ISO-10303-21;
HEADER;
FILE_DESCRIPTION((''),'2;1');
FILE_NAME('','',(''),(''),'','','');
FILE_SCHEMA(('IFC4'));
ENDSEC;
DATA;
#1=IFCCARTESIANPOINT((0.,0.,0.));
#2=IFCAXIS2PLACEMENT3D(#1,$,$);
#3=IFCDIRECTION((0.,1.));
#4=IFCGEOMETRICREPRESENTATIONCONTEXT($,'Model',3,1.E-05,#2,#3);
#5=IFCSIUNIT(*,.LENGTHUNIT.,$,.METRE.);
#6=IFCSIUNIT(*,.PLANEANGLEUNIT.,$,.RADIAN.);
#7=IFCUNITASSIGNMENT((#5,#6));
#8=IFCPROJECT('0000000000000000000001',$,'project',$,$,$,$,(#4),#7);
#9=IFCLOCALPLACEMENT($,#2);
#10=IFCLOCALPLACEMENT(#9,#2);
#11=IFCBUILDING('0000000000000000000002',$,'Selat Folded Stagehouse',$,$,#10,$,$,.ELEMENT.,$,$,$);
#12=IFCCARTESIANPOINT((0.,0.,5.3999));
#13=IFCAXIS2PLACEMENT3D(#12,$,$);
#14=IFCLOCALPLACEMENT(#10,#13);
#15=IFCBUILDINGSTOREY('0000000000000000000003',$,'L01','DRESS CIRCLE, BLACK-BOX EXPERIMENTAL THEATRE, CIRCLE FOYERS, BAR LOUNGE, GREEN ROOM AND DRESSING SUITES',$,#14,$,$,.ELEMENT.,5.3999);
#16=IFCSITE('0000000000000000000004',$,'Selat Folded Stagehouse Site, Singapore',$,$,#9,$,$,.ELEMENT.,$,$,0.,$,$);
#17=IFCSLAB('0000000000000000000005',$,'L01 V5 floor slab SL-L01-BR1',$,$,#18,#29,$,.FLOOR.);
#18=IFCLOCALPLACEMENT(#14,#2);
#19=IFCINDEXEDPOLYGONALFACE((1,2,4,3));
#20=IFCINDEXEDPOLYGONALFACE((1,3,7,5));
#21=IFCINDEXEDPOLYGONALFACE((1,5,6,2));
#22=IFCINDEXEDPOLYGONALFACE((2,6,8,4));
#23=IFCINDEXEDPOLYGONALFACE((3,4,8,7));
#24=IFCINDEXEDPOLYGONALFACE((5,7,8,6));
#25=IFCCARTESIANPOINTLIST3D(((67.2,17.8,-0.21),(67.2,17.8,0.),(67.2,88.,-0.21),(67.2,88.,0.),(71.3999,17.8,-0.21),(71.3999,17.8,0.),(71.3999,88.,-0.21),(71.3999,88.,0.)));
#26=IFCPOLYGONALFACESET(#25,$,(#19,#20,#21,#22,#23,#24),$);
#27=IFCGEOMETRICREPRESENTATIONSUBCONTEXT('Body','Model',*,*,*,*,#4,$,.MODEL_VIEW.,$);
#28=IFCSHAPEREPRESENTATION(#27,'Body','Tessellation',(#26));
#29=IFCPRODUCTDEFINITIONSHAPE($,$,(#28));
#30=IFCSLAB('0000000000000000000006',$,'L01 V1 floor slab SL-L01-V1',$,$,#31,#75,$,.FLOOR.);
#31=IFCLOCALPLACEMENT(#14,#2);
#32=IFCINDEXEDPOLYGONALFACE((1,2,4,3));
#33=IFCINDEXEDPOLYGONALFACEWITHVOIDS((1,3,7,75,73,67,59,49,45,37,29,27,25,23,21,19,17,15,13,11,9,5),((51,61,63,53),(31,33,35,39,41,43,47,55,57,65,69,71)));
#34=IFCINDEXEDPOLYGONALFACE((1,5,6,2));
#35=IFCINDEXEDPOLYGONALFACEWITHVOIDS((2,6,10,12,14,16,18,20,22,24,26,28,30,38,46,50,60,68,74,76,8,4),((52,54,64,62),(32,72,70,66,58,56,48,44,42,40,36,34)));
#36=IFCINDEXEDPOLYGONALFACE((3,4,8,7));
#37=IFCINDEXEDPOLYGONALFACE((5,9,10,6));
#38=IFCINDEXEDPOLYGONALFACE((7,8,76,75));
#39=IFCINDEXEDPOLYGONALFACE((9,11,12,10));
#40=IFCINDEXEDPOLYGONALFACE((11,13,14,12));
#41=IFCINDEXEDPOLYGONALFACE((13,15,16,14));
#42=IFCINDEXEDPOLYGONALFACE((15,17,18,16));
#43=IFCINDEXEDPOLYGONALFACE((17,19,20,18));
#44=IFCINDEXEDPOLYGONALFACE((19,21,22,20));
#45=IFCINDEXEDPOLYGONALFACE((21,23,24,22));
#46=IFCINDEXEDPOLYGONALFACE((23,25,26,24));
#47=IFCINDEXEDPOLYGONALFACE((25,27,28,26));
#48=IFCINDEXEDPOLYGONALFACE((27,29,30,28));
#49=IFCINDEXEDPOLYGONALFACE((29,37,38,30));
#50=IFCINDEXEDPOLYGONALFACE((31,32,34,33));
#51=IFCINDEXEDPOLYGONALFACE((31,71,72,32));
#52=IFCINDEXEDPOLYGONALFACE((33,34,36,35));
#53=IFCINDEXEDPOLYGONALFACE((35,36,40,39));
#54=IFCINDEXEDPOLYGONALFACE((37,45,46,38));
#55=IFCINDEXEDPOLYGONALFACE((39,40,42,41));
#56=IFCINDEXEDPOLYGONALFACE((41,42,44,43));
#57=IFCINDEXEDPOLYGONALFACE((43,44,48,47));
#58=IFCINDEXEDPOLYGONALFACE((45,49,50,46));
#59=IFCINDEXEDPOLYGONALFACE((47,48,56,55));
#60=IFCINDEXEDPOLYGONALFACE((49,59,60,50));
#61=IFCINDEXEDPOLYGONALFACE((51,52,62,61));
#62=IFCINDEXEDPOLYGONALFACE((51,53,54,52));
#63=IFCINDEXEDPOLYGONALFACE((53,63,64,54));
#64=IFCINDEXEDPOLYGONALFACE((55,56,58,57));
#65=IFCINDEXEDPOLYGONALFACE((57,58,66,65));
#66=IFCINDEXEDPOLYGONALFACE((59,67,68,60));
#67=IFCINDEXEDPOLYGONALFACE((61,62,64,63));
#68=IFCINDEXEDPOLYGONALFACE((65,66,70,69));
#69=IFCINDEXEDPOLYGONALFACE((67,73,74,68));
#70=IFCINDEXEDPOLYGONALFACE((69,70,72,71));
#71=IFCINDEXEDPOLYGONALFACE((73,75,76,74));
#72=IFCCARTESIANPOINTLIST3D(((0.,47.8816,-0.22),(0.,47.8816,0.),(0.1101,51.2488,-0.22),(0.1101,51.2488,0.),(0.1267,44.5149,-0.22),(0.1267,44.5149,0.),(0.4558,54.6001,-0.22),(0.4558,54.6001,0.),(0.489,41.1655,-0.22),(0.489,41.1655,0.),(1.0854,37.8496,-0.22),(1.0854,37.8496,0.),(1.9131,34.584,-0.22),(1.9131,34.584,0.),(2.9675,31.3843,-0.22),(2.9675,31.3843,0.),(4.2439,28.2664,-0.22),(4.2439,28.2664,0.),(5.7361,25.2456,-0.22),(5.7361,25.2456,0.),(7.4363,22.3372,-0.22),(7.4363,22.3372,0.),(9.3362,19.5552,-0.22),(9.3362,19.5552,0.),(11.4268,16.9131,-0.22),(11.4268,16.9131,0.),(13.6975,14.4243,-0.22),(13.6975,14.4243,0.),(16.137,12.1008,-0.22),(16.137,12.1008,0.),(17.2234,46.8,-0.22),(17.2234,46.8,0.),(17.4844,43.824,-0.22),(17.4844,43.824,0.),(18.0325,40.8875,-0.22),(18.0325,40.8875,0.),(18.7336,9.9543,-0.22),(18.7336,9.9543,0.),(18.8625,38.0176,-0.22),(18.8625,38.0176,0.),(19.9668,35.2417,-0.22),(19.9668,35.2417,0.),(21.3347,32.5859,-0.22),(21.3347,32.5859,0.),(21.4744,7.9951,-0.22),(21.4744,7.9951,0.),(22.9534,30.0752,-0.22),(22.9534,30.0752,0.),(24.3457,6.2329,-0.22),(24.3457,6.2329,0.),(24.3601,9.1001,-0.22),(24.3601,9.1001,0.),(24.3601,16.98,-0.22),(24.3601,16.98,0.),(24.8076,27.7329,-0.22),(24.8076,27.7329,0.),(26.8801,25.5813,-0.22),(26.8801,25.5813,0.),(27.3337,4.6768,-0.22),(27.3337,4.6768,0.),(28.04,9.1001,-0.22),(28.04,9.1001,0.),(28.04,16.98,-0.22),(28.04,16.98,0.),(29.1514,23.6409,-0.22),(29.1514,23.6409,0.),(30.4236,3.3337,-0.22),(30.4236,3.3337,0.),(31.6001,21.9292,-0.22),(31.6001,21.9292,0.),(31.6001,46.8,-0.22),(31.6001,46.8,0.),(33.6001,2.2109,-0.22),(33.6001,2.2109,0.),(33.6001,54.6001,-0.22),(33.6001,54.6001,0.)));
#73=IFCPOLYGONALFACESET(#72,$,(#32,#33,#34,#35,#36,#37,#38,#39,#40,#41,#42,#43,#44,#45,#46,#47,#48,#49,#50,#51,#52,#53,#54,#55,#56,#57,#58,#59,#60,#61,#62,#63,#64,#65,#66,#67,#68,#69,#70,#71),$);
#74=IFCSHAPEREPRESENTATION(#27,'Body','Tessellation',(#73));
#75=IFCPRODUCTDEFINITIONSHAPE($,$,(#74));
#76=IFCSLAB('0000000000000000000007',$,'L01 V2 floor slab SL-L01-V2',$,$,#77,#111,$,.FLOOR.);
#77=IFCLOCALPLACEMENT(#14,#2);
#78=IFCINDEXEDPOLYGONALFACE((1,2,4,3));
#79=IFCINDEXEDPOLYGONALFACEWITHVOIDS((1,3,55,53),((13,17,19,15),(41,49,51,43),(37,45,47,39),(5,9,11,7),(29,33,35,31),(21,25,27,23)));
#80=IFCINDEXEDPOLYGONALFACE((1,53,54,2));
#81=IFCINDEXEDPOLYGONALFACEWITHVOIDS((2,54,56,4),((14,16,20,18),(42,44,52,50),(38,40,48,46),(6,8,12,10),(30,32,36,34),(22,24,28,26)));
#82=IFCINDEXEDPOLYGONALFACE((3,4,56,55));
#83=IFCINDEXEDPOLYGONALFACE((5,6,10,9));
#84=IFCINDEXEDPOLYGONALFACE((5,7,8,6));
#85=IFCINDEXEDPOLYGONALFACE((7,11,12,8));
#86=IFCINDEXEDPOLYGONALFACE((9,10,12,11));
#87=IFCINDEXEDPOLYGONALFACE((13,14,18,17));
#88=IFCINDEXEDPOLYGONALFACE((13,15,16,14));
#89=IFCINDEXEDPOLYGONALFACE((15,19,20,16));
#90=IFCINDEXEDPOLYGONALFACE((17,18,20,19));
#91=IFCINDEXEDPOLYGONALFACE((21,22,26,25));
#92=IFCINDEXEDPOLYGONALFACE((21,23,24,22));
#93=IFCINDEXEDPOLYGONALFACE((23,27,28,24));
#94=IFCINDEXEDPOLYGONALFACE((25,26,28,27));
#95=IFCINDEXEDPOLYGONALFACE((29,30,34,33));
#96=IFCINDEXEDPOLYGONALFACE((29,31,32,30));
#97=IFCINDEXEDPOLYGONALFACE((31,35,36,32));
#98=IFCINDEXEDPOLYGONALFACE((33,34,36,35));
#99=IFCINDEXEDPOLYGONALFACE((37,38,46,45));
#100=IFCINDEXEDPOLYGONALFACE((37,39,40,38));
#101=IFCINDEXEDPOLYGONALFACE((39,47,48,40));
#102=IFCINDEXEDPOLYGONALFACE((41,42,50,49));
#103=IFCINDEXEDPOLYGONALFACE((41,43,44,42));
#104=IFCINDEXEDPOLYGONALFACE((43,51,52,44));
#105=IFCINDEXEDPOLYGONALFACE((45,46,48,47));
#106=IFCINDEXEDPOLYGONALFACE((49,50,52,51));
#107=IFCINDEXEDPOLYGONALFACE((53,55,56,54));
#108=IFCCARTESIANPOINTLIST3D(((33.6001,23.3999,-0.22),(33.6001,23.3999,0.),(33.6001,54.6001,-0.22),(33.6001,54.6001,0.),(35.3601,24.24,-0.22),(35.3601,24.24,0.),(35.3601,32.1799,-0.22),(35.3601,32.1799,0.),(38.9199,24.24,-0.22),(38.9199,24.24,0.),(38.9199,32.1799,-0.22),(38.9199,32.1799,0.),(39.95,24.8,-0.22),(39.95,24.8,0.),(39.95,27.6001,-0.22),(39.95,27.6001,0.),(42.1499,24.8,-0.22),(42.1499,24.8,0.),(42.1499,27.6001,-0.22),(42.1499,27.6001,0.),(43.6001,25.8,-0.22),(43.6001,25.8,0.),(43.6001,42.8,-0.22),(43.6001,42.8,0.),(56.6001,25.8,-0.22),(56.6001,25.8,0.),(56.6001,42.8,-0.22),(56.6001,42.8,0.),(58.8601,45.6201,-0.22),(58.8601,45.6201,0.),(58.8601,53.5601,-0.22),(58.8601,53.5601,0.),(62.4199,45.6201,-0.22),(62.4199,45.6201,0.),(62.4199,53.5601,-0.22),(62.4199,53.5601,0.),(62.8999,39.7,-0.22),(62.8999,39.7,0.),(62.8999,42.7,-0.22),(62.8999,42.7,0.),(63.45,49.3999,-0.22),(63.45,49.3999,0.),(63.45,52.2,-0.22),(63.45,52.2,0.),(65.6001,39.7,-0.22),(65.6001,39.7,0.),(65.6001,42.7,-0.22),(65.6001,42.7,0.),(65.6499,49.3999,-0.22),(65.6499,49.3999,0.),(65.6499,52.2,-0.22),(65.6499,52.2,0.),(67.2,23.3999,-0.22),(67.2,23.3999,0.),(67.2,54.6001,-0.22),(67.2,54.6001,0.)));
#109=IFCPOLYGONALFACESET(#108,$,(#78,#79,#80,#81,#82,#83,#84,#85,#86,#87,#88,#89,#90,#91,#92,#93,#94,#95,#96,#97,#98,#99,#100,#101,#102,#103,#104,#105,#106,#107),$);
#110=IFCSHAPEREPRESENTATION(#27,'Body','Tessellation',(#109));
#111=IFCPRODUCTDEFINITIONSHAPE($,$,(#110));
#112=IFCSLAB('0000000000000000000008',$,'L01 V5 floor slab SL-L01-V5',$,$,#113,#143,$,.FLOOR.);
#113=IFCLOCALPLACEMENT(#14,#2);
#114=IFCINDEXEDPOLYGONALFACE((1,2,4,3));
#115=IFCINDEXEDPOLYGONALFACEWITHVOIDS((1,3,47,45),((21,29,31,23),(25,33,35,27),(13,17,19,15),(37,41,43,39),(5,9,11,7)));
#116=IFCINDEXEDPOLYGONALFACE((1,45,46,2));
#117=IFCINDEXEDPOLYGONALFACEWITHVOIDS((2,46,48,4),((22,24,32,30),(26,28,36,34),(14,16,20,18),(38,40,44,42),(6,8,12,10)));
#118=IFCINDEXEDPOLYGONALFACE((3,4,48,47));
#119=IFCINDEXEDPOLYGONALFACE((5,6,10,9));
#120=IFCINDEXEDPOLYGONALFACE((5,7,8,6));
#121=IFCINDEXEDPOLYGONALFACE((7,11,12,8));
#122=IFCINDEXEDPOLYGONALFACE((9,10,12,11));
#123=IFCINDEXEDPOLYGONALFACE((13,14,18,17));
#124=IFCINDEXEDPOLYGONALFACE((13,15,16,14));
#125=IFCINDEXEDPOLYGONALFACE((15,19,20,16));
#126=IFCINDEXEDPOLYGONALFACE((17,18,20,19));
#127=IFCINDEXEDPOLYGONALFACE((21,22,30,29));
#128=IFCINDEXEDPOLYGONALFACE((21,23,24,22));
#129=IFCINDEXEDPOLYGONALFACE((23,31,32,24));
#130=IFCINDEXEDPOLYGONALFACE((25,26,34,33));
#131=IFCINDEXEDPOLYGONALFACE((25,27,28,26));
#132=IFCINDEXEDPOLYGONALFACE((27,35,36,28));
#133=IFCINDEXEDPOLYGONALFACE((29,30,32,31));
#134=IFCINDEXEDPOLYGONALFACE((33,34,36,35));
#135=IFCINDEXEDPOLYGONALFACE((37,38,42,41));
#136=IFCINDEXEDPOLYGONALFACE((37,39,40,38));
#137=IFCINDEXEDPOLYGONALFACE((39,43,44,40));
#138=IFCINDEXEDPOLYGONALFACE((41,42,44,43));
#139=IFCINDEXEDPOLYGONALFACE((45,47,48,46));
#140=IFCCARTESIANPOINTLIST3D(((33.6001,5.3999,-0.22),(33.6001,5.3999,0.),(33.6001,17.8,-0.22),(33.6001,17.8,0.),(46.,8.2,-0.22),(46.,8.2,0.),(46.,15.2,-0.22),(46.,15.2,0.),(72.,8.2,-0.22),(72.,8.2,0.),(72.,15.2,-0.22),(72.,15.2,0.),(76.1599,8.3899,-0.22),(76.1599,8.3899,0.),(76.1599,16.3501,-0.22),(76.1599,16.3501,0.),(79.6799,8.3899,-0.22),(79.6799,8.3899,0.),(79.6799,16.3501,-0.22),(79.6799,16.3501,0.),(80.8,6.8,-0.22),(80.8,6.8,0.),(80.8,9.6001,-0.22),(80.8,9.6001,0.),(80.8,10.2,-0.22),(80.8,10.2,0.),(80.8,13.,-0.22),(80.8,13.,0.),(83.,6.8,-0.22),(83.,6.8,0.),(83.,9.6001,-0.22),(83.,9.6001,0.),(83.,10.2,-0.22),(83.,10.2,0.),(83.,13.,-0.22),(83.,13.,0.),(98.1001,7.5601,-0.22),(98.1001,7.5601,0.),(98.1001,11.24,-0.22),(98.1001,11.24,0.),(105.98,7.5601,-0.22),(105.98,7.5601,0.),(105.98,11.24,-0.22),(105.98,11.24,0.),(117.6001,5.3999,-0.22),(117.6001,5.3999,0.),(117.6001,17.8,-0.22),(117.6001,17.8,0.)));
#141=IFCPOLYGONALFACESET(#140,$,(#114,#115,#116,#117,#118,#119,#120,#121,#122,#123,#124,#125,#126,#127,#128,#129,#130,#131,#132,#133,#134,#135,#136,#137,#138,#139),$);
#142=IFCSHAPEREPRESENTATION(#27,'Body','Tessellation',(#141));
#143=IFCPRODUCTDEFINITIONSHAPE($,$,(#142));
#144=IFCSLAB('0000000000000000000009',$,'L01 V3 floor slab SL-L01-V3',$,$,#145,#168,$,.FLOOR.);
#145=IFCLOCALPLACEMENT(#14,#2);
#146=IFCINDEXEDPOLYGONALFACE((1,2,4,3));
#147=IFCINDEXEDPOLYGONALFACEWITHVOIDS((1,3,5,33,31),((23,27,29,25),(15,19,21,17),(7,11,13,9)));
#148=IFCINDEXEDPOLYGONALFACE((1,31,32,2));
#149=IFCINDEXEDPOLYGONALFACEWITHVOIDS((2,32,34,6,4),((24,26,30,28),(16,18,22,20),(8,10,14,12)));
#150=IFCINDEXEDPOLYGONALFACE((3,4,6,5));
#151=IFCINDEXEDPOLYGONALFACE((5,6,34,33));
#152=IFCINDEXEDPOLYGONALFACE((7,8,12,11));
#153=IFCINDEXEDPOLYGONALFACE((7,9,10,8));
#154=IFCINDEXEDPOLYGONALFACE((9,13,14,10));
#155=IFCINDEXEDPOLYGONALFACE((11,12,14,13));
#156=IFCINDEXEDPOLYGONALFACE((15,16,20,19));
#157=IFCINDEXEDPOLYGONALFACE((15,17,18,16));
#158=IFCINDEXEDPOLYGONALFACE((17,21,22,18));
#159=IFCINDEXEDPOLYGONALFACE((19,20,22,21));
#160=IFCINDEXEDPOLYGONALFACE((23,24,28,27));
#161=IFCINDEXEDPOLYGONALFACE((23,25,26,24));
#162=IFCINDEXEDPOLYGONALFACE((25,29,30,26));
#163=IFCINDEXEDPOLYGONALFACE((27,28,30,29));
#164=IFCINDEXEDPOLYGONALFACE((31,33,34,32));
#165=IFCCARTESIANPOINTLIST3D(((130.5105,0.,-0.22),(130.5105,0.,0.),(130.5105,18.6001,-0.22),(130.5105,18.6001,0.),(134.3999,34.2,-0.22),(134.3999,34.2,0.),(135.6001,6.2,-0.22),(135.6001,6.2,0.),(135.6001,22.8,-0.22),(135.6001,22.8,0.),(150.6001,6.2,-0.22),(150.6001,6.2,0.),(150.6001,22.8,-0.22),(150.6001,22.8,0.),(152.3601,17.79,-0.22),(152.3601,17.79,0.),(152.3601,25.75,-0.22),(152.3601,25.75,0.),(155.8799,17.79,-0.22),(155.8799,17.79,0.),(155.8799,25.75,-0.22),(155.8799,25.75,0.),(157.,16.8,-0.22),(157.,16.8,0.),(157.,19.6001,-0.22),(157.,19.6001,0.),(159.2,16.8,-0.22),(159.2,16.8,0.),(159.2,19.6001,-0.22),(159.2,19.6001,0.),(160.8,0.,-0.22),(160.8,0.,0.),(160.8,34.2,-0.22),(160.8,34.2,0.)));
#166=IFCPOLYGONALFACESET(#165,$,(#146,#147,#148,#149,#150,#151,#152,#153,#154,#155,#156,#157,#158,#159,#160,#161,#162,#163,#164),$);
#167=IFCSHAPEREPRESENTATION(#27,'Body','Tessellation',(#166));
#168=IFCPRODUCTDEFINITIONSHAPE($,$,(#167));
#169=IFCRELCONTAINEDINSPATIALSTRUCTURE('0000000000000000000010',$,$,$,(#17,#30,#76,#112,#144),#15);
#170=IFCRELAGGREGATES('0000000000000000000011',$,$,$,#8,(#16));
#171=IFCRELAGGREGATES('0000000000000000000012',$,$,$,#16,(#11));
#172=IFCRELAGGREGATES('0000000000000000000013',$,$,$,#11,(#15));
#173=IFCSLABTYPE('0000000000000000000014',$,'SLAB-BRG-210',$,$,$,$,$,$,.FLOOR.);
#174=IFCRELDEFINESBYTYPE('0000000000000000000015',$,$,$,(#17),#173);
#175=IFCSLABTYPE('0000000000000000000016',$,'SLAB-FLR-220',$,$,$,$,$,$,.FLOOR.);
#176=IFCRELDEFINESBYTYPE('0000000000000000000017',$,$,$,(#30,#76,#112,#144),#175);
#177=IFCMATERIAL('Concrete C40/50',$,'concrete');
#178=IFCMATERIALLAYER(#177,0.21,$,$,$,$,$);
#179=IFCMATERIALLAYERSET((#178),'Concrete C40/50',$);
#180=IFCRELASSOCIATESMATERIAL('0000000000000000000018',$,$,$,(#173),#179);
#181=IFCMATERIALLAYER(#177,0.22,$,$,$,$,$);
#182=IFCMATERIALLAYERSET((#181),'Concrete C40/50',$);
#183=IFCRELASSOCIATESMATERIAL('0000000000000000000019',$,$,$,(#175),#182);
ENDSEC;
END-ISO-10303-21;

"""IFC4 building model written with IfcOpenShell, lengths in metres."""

from ifc_helpers import new_model, si_unit, direction, frame, origin, place, context, subcontext, project, spatial, polyline, outline, extrude, material, layer, layer_set, type_object, element, save


model = new_model("IFC4")

# Units and contexts
model_context = context("Model", 3, precision=1e-05, world=origin(), true_north=direction((0.0, 1.0)))
body_context = subcontext(model_context, "Body", "Model", "MODEL_VIEW")
ifc_project = project(units=[si_unit("LENGTHUNIT", "METRE"), si_unit("PLANEANGLEUNIT", "RADIAN")], contexts=[model_context])

# Site, building, storey
site_placement = place(None, origin())
site = spatial("IfcSite", under=ifc_project, at=site_placement, Name="Selat Folded Stagehouse Site, Singapore", CompositionType="ELEMENT", RefElevation=0.0)
building_placement = place(site_placement, origin())
building = spatial("IfcBuilding", under=site, at=building_placement, Name="Selat Folded Stagehouse", CompositionType="ELEMENT")
storey_placement = place(building_placement, frame((0.0, 0.0, 5.3999)))
storey = spatial("IfcBuildingStorey", under=building, at=storey_placement, Name="L01", Description="DRESS CIRCLE, BLACK-BOX EXPERIMENTAL THEATRE, CIRCLE FOYERS, BAR LOUNGE, GREEN ROOM AND DRESSING SUITES", CompositionType="ELEMENT", Elevation=5.3999)

# Slabs
ifc_material_1 = material(Name="Concrete C40/50", Category="concrete")
ifc_layer_1 = layer(ifc_material_1, 0.21)
ifc_layer_set_1 = layer_set([ifc_layer_1], Name="Concrete C40/50")
slab_type_1 = type_object("IfcSlabType", Name="SLAB-BRG-210", PredefinedType="FLOOR", material=ifc_layer_set_1)
slab_1_placement = place(storey_placement, frame((0.0, 0.0, -0.21)))
element("IfcSlab", 1, at=slab_1_placement, inside=storey, type_object=slab_type_1, Name="L01 V5 floor slab SL-L01-BR1", PredefinedType="FLOOR", context=body_context, shape_type="SweptSolid", body=[
    extrude(outline(polyline([(67.2, 17.8), (71.3999, 17.8), (71.3999, 88.0), (67.2, 88.0), (67.2, 17.8)])), origin(), (0.0, 0.0, 1.0), 0.21),
])
ifc_layer_2 = layer(ifc_material_1, 0.22)
ifc_layer_set_2 = layer_set([ifc_layer_2], Name="Concrete C40/50")
slab_type_2 = type_object("IfcSlabType", Name="SLAB-FLR-220", PredefinedType="FLOOR", material=ifc_layer_set_2)
slab_2_placement = place(storey_placement, frame((0.0, 0.0, -0.22)))
element("IfcSlab", 2, at=slab_2_placement, inside=storey, type_object=slab_type_2, Name="L01 V1 floor slab SL-L01-V1", PredefinedType="FLOOR", context=body_context, shape_type="SweptSolid", body=[
    extrude(outline(polyline([(0.4558, 54.6001), (0.1101, 51.2488), (0.0, 47.8816), (0.1267, 44.5149), (0.489, 41.1655), (1.0854, 37.8496), (1.9131, 34.584), (2.9675, 31.3843), (4.2439, 28.2664), (5.7361, 25.2456), (7.4363, 22.3372), (9.3362, 19.5552), (11.4268, 16.9131), (13.6975, 14.4243), (16.137, 12.1008), (18.7336, 9.9543), (21.4744, 7.9951), (24.3457, 6.2329), (27.3337, 4.6768), (30.4236, 3.3337), (33.6001, 2.2109), (33.6001, 54.6001), (0.4558, 54.6001)]), holes=[polyline([(28.04, 9.1001), (24.3601, 9.1001), (24.3601, 16.98), (28.04, 16.98), (28.04, 9.1001)]), polyline([(31.6001, 21.9292), (29.1514, 23.6409), (26.8801, 25.5813), (24.8076, 27.7329), (22.9534, 30.0752), (21.3347, 32.5859), (19.9668, 35.2417), (18.8625, 38.0176), (18.0325, 40.8875), (17.4844, 43.824), (17.2234, 46.8), (31.6001, 46.8), (31.6001, 21.9292)])]), origin(), (0.0, 0.0, 1.0), 0.22),
])
slab_3_placement = place(storey_placement, frame((0.0, 0.0, -0.22)))
element("IfcSlab", 3, at=slab_3_placement, inside=storey, type_object=slab_type_2, Name="L01 V2 floor slab SL-L01-V2", PredefinedType="FLOOR", context=body_context, shape_type="SweptSolid", body=[
    extrude(outline(polyline([(33.6001, 23.3999), (67.2, 23.3999), (67.2, 54.6001), (33.6001, 54.6001), (33.6001, 23.3999)]), holes=[polyline([(39.95, 24.8), (39.95, 27.6001), (42.1499, 27.6001), (42.1499, 24.8), (39.95, 24.8)]), polyline([(35.3601, 32.1799), (38.9199, 32.1799), (38.9199, 24.24), (35.3601, 24.24), (35.3601, 32.1799)]), polyline([(43.6001, 25.8), (43.6001, 42.8), (56.6001, 42.8), (56.6001, 25.8), (43.6001, 25.8)]), polyline([(62.8999, 39.7), (62.8999, 42.7), (65.6001, 42.7), (65.6001, 39.7), (62.8999, 39.7)]), polyline([(58.8601, 53.5601), (62.4199, 53.5601), (62.4199, 45.6201), (58.8601, 45.6201), (58.8601, 53.5601)]), polyline([(63.45, 52.2), (65.6499, 52.2), (65.6499, 49.3999), (63.45, 49.3999), (63.45, 52.2)])]), origin(), (0.0, 0.0, 1.0), 0.22),
])
slab_4_placement = place(storey_placement, frame((0.0, 0.0, -0.22)))
element("IfcSlab", 4, at=slab_4_placement, inside=storey, type_object=slab_type_2, Name="L01 V5 floor slab SL-L01-V5", PredefinedType="FLOOR", context=body_context, shape_type="SweptSolid", body=[
    extrude(outline(polyline([(33.6001, 5.3999), (117.6001, 5.3999), (117.6001, 17.8), (33.6001, 17.8), (33.6001, 5.3999)]), holes=[polyline([(80.8, 6.8), (80.8, 9.6001), (83.0, 9.6001), (83.0, 6.8), (80.8, 6.8)]), polyline([(98.1001, 7.5601), (98.1001, 11.24), (105.98, 11.24), (105.98, 7.5601), (98.1001, 7.5601)]), polyline([(80.8, 10.2), (80.8, 13.0), (83.0, 13.0), (83.0, 10.2), (80.8, 10.2)]), polyline([(46.0, 8.2), (46.0, 15.2), (72.0, 15.2), (72.0, 8.2), (46.0, 8.2)]), polyline([(76.1599, 16.3501), (79.6799, 16.3501), (79.6799, 8.3899), (76.1599, 8.3899), (76.1599, 16.3501)])]), origin(), (0.0, 0.0, 1.0), 0.22),
])
slab_5_placement = place(storey_placement, frame((0.0, 0.0, -0.22)))
element("IfcSlab", 5, at=slab_5_placement, inside=storey, type_object=slab_type_2, Name="L01 V3 floor slab SL-L01-V3", PredefinedType="FLOOR", context=body_context, shape_type="SweptSolid", body=[
    extrude(outline(polyline([(130.5105, 0.0), (160.8, 0.0), (160.8, 34.2), (134.3999, 34.2), (130.5105, 18.6001), (130.5105, 0.0)]), holes=[polyline([(150.6001, 22.8), (150.6001, 6.2), (135.6001, 6.2), (135.6001, 22.8), (150.6001, 22.8)]), polyline([(157.0, 16.8), (157.0, 19.6001), (159.2, 19.6001), (159.2, 16.8), (157.0, 16.8)]), polyline([(152.3601, 17.79), (152.3601, 25.75), (155.8799, 25.75), (155.8799, 17.79), (152.3601, 17.79)])]), origin(), (0.0, 0.0, 1.0), 0.22),
])

save(model, "model.ifc")
